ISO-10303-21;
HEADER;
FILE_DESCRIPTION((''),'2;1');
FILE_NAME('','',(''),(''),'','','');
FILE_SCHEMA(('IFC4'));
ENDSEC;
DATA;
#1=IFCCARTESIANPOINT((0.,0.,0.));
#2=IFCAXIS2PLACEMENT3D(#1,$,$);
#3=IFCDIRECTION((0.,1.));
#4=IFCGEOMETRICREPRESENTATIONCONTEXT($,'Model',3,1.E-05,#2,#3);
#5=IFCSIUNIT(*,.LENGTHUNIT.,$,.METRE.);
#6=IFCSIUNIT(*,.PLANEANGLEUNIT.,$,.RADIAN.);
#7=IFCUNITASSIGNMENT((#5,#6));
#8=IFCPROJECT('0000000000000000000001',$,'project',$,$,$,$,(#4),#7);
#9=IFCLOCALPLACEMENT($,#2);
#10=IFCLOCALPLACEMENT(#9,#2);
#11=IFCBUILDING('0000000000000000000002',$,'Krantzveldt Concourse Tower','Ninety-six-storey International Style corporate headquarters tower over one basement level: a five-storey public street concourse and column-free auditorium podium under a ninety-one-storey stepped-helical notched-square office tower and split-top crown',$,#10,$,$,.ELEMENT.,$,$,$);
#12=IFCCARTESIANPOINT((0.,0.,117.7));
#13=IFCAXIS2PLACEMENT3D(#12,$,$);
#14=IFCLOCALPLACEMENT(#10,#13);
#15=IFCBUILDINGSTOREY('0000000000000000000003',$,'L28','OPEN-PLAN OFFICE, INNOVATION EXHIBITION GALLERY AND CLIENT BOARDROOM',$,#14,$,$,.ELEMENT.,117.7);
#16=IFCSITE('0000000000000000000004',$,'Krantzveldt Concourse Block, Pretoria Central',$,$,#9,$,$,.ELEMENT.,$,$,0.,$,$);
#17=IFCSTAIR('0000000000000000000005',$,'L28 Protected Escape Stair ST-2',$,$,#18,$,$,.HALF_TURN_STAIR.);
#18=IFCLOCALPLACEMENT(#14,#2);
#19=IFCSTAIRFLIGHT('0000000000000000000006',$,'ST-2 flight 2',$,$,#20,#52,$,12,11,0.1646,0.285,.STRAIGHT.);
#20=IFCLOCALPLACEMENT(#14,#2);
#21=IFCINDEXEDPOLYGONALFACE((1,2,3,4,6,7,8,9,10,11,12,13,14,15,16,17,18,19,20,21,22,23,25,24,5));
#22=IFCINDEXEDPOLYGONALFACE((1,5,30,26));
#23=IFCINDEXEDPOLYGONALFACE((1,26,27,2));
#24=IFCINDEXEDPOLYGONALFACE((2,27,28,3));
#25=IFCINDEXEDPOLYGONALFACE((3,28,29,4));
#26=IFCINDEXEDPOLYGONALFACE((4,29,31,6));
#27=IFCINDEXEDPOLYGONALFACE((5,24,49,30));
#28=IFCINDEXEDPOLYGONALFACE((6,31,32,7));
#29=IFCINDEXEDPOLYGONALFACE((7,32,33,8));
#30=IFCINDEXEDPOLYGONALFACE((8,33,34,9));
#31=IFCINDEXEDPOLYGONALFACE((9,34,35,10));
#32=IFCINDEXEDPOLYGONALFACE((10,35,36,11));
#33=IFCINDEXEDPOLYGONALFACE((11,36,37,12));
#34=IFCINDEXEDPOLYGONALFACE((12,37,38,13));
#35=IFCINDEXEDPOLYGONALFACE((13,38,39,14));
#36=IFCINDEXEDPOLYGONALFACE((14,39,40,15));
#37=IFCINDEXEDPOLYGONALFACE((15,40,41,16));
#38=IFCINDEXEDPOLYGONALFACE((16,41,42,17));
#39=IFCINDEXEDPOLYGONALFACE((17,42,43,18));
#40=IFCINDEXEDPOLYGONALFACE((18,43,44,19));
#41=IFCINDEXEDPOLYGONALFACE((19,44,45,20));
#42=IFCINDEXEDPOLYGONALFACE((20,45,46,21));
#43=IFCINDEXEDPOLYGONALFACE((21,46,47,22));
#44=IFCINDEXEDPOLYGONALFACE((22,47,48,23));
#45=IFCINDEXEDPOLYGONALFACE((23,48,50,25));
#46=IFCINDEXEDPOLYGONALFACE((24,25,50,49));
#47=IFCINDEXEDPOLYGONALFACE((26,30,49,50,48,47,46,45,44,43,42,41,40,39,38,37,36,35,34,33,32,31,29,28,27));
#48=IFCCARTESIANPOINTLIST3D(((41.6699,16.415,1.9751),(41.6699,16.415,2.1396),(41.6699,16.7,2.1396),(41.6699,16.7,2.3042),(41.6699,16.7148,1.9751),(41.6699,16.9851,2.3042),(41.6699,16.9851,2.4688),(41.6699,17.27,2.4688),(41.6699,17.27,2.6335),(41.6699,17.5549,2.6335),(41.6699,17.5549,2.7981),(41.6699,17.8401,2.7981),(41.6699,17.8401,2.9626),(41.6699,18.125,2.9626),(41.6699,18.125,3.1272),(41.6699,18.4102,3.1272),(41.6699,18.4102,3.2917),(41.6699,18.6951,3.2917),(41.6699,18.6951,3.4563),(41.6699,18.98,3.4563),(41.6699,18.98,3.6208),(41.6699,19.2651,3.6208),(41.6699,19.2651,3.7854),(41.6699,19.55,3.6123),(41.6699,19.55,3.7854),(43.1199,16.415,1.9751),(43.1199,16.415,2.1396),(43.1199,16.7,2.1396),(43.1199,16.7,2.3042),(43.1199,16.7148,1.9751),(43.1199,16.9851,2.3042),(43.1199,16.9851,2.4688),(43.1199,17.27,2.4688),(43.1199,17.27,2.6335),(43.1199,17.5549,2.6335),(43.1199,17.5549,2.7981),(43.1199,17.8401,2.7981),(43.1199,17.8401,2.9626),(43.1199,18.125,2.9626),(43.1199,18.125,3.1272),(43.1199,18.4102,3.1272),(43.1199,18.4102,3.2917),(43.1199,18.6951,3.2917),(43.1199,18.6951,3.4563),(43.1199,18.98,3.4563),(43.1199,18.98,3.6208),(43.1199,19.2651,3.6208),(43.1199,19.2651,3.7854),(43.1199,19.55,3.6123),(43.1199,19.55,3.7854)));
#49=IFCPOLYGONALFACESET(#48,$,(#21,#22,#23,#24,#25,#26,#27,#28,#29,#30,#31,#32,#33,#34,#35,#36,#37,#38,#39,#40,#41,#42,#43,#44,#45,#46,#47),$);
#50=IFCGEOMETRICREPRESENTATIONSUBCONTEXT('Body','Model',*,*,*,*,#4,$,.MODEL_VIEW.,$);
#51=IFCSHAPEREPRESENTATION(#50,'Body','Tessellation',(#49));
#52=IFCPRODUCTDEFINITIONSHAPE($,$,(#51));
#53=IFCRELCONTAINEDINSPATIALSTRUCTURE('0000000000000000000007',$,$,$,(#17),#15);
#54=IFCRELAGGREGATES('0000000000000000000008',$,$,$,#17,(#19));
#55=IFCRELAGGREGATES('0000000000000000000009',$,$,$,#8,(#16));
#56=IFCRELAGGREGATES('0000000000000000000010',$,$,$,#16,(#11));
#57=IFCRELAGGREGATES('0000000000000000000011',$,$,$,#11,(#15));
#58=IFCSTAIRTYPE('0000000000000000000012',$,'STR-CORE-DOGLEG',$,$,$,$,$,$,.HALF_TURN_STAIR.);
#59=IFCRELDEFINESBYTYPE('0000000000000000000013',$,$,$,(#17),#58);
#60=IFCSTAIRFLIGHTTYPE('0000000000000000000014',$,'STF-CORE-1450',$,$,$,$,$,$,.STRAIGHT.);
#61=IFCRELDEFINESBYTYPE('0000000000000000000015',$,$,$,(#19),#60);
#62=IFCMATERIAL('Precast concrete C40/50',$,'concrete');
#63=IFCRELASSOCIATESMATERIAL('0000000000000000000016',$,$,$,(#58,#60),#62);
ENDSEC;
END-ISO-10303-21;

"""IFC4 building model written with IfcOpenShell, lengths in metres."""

from ifc_helpers import new_model, si_unit, direction, frame, origin, place, context, subcontext, project, spatial, polyline, outline, extrude, material, type_object, element, aggregate, save


model = new_model("IFC4")

# Units and contexts
model_context = context("Model", 3, precision=1e-05, world=origin(), true_north=direction((0.0, 1.0)))
body_context = subcontext(model_context, "Body", "Model", "MODEL_VIEW")
ifc_project = project(units=[si_unit("LENGTHUNIT", "METRE"), si_unit("PLANEANGLEUNIT", "RADIAN")], contexts=[model_context])

# Site, building, storey
site_placement = place(None, origin())
site = spatial("IfcSite", under=ifc_project, at=site_placement, Name="Krantzveldt Concourse Block, Pretoria Central", CompositionType="ELEMENT", RefElevation=0.0)
building_placement = place(site_placement, origin())
building = spatial("IfcBuilding", under=site, at=building_placement, Name="Krantzveldt Concourse Tower", Description="Ninety-six-storey International Style corporate headquarters tower over one basement level: a five-storey public street concourse and column-free auditorium podium under a ninety-one-storey stepped-helical notched-square office tower and split-top crown", CompositionType="ELEMENT")
storey_placement = place(building_placement, frame((0.0, 0.0, 117.7)))
storey = spatial("IfcBuildingStorey", under=building, at=storey_placement, Name="L28", Description="OPEN-PLAN OFFICE, INNOVATION EXHIBITION GALLERY AND CLIENT BOARDROOM", CompositionType="ELEMENT", Elevation=117.7)

# Stair, stair flight
ifc_material_1 = material(Name="Precast concrete C40/50", Category="concrete")
stair_type = type_object("IfcStairType", Name="STR-CORE-DOGLEG", PredefinedType="HALF_TURN_STAIR", material=ifc_material_1)
stair_placement = place(storey_placement, origin())
stair = element("IfcStair", 1, at=stair_placement, inside=storey, type_object=stair_type, Name="L28 Protected Escape Stair ST-2", PredefinedType="HALF_TURN_STAIR")
stair_flight_type = type_object("IfcStairFlightType", Name="STF-CORE-1450", PredefinedType="STRAIGHT", material=ifc_material_1)
stair_flight_1_placement = place(storey_placement, frame((42.395, 16.415, 1.9751), z_axis=(0.0, 0.0, 1.0), x_axis=(0.0, 1.0, 0.0)))
stair_flight_1 = element("IfcStairFlight", 2, at=stair_flight_1_placement, type_object=stair_flight_type, Name="ST-2 flight 2", NumberOfRisers=12, NumberOfTreads=11, PredefinedType="STRAIGHT", RiserHeight=0.1646, TreadLength=0.285, context=body_context, shape_type="SweptSolid", body=[
    extrude(outline(polyline([(0.0, 0.0), (0.0, 0.1646), (0.2849, 0.1646), (0.2849, 0.3291), (0.5701, 0.3291), (0.5701, 0.4937), (0.855, 0.4937), (0.855, 0.6584), (1.1399, 0.6584), (1.1399, 0.823), (1.425, 0.823), (1.425, 0.9875), (1.71, 0.9875), (1.71, 1.1521), (1.9951, 1.1521), (1.9951, 1.3167), (2.28, 1.3167), (2.28, 1.4812), (2.5649, 1.4812), (2.5649, 1.6458), (2.8501, 1.6458), (2.8501, 1.8103), (3.135, 1.8103), (3.135, 1.9751), (3.135, 1.6372), (0.2998, 0.0), (0.0, 0.0)])), frame((0.0, 0.7251, 0.0), z_axis=(0.0, -1.0, 0.0), x_axis=(1.0, 0.0, 0.0)), (0.0, 0.0, 1.0), 1.45),
])
aggregate(stair, [stair_flight_1])

save(model, "model.ifc")
